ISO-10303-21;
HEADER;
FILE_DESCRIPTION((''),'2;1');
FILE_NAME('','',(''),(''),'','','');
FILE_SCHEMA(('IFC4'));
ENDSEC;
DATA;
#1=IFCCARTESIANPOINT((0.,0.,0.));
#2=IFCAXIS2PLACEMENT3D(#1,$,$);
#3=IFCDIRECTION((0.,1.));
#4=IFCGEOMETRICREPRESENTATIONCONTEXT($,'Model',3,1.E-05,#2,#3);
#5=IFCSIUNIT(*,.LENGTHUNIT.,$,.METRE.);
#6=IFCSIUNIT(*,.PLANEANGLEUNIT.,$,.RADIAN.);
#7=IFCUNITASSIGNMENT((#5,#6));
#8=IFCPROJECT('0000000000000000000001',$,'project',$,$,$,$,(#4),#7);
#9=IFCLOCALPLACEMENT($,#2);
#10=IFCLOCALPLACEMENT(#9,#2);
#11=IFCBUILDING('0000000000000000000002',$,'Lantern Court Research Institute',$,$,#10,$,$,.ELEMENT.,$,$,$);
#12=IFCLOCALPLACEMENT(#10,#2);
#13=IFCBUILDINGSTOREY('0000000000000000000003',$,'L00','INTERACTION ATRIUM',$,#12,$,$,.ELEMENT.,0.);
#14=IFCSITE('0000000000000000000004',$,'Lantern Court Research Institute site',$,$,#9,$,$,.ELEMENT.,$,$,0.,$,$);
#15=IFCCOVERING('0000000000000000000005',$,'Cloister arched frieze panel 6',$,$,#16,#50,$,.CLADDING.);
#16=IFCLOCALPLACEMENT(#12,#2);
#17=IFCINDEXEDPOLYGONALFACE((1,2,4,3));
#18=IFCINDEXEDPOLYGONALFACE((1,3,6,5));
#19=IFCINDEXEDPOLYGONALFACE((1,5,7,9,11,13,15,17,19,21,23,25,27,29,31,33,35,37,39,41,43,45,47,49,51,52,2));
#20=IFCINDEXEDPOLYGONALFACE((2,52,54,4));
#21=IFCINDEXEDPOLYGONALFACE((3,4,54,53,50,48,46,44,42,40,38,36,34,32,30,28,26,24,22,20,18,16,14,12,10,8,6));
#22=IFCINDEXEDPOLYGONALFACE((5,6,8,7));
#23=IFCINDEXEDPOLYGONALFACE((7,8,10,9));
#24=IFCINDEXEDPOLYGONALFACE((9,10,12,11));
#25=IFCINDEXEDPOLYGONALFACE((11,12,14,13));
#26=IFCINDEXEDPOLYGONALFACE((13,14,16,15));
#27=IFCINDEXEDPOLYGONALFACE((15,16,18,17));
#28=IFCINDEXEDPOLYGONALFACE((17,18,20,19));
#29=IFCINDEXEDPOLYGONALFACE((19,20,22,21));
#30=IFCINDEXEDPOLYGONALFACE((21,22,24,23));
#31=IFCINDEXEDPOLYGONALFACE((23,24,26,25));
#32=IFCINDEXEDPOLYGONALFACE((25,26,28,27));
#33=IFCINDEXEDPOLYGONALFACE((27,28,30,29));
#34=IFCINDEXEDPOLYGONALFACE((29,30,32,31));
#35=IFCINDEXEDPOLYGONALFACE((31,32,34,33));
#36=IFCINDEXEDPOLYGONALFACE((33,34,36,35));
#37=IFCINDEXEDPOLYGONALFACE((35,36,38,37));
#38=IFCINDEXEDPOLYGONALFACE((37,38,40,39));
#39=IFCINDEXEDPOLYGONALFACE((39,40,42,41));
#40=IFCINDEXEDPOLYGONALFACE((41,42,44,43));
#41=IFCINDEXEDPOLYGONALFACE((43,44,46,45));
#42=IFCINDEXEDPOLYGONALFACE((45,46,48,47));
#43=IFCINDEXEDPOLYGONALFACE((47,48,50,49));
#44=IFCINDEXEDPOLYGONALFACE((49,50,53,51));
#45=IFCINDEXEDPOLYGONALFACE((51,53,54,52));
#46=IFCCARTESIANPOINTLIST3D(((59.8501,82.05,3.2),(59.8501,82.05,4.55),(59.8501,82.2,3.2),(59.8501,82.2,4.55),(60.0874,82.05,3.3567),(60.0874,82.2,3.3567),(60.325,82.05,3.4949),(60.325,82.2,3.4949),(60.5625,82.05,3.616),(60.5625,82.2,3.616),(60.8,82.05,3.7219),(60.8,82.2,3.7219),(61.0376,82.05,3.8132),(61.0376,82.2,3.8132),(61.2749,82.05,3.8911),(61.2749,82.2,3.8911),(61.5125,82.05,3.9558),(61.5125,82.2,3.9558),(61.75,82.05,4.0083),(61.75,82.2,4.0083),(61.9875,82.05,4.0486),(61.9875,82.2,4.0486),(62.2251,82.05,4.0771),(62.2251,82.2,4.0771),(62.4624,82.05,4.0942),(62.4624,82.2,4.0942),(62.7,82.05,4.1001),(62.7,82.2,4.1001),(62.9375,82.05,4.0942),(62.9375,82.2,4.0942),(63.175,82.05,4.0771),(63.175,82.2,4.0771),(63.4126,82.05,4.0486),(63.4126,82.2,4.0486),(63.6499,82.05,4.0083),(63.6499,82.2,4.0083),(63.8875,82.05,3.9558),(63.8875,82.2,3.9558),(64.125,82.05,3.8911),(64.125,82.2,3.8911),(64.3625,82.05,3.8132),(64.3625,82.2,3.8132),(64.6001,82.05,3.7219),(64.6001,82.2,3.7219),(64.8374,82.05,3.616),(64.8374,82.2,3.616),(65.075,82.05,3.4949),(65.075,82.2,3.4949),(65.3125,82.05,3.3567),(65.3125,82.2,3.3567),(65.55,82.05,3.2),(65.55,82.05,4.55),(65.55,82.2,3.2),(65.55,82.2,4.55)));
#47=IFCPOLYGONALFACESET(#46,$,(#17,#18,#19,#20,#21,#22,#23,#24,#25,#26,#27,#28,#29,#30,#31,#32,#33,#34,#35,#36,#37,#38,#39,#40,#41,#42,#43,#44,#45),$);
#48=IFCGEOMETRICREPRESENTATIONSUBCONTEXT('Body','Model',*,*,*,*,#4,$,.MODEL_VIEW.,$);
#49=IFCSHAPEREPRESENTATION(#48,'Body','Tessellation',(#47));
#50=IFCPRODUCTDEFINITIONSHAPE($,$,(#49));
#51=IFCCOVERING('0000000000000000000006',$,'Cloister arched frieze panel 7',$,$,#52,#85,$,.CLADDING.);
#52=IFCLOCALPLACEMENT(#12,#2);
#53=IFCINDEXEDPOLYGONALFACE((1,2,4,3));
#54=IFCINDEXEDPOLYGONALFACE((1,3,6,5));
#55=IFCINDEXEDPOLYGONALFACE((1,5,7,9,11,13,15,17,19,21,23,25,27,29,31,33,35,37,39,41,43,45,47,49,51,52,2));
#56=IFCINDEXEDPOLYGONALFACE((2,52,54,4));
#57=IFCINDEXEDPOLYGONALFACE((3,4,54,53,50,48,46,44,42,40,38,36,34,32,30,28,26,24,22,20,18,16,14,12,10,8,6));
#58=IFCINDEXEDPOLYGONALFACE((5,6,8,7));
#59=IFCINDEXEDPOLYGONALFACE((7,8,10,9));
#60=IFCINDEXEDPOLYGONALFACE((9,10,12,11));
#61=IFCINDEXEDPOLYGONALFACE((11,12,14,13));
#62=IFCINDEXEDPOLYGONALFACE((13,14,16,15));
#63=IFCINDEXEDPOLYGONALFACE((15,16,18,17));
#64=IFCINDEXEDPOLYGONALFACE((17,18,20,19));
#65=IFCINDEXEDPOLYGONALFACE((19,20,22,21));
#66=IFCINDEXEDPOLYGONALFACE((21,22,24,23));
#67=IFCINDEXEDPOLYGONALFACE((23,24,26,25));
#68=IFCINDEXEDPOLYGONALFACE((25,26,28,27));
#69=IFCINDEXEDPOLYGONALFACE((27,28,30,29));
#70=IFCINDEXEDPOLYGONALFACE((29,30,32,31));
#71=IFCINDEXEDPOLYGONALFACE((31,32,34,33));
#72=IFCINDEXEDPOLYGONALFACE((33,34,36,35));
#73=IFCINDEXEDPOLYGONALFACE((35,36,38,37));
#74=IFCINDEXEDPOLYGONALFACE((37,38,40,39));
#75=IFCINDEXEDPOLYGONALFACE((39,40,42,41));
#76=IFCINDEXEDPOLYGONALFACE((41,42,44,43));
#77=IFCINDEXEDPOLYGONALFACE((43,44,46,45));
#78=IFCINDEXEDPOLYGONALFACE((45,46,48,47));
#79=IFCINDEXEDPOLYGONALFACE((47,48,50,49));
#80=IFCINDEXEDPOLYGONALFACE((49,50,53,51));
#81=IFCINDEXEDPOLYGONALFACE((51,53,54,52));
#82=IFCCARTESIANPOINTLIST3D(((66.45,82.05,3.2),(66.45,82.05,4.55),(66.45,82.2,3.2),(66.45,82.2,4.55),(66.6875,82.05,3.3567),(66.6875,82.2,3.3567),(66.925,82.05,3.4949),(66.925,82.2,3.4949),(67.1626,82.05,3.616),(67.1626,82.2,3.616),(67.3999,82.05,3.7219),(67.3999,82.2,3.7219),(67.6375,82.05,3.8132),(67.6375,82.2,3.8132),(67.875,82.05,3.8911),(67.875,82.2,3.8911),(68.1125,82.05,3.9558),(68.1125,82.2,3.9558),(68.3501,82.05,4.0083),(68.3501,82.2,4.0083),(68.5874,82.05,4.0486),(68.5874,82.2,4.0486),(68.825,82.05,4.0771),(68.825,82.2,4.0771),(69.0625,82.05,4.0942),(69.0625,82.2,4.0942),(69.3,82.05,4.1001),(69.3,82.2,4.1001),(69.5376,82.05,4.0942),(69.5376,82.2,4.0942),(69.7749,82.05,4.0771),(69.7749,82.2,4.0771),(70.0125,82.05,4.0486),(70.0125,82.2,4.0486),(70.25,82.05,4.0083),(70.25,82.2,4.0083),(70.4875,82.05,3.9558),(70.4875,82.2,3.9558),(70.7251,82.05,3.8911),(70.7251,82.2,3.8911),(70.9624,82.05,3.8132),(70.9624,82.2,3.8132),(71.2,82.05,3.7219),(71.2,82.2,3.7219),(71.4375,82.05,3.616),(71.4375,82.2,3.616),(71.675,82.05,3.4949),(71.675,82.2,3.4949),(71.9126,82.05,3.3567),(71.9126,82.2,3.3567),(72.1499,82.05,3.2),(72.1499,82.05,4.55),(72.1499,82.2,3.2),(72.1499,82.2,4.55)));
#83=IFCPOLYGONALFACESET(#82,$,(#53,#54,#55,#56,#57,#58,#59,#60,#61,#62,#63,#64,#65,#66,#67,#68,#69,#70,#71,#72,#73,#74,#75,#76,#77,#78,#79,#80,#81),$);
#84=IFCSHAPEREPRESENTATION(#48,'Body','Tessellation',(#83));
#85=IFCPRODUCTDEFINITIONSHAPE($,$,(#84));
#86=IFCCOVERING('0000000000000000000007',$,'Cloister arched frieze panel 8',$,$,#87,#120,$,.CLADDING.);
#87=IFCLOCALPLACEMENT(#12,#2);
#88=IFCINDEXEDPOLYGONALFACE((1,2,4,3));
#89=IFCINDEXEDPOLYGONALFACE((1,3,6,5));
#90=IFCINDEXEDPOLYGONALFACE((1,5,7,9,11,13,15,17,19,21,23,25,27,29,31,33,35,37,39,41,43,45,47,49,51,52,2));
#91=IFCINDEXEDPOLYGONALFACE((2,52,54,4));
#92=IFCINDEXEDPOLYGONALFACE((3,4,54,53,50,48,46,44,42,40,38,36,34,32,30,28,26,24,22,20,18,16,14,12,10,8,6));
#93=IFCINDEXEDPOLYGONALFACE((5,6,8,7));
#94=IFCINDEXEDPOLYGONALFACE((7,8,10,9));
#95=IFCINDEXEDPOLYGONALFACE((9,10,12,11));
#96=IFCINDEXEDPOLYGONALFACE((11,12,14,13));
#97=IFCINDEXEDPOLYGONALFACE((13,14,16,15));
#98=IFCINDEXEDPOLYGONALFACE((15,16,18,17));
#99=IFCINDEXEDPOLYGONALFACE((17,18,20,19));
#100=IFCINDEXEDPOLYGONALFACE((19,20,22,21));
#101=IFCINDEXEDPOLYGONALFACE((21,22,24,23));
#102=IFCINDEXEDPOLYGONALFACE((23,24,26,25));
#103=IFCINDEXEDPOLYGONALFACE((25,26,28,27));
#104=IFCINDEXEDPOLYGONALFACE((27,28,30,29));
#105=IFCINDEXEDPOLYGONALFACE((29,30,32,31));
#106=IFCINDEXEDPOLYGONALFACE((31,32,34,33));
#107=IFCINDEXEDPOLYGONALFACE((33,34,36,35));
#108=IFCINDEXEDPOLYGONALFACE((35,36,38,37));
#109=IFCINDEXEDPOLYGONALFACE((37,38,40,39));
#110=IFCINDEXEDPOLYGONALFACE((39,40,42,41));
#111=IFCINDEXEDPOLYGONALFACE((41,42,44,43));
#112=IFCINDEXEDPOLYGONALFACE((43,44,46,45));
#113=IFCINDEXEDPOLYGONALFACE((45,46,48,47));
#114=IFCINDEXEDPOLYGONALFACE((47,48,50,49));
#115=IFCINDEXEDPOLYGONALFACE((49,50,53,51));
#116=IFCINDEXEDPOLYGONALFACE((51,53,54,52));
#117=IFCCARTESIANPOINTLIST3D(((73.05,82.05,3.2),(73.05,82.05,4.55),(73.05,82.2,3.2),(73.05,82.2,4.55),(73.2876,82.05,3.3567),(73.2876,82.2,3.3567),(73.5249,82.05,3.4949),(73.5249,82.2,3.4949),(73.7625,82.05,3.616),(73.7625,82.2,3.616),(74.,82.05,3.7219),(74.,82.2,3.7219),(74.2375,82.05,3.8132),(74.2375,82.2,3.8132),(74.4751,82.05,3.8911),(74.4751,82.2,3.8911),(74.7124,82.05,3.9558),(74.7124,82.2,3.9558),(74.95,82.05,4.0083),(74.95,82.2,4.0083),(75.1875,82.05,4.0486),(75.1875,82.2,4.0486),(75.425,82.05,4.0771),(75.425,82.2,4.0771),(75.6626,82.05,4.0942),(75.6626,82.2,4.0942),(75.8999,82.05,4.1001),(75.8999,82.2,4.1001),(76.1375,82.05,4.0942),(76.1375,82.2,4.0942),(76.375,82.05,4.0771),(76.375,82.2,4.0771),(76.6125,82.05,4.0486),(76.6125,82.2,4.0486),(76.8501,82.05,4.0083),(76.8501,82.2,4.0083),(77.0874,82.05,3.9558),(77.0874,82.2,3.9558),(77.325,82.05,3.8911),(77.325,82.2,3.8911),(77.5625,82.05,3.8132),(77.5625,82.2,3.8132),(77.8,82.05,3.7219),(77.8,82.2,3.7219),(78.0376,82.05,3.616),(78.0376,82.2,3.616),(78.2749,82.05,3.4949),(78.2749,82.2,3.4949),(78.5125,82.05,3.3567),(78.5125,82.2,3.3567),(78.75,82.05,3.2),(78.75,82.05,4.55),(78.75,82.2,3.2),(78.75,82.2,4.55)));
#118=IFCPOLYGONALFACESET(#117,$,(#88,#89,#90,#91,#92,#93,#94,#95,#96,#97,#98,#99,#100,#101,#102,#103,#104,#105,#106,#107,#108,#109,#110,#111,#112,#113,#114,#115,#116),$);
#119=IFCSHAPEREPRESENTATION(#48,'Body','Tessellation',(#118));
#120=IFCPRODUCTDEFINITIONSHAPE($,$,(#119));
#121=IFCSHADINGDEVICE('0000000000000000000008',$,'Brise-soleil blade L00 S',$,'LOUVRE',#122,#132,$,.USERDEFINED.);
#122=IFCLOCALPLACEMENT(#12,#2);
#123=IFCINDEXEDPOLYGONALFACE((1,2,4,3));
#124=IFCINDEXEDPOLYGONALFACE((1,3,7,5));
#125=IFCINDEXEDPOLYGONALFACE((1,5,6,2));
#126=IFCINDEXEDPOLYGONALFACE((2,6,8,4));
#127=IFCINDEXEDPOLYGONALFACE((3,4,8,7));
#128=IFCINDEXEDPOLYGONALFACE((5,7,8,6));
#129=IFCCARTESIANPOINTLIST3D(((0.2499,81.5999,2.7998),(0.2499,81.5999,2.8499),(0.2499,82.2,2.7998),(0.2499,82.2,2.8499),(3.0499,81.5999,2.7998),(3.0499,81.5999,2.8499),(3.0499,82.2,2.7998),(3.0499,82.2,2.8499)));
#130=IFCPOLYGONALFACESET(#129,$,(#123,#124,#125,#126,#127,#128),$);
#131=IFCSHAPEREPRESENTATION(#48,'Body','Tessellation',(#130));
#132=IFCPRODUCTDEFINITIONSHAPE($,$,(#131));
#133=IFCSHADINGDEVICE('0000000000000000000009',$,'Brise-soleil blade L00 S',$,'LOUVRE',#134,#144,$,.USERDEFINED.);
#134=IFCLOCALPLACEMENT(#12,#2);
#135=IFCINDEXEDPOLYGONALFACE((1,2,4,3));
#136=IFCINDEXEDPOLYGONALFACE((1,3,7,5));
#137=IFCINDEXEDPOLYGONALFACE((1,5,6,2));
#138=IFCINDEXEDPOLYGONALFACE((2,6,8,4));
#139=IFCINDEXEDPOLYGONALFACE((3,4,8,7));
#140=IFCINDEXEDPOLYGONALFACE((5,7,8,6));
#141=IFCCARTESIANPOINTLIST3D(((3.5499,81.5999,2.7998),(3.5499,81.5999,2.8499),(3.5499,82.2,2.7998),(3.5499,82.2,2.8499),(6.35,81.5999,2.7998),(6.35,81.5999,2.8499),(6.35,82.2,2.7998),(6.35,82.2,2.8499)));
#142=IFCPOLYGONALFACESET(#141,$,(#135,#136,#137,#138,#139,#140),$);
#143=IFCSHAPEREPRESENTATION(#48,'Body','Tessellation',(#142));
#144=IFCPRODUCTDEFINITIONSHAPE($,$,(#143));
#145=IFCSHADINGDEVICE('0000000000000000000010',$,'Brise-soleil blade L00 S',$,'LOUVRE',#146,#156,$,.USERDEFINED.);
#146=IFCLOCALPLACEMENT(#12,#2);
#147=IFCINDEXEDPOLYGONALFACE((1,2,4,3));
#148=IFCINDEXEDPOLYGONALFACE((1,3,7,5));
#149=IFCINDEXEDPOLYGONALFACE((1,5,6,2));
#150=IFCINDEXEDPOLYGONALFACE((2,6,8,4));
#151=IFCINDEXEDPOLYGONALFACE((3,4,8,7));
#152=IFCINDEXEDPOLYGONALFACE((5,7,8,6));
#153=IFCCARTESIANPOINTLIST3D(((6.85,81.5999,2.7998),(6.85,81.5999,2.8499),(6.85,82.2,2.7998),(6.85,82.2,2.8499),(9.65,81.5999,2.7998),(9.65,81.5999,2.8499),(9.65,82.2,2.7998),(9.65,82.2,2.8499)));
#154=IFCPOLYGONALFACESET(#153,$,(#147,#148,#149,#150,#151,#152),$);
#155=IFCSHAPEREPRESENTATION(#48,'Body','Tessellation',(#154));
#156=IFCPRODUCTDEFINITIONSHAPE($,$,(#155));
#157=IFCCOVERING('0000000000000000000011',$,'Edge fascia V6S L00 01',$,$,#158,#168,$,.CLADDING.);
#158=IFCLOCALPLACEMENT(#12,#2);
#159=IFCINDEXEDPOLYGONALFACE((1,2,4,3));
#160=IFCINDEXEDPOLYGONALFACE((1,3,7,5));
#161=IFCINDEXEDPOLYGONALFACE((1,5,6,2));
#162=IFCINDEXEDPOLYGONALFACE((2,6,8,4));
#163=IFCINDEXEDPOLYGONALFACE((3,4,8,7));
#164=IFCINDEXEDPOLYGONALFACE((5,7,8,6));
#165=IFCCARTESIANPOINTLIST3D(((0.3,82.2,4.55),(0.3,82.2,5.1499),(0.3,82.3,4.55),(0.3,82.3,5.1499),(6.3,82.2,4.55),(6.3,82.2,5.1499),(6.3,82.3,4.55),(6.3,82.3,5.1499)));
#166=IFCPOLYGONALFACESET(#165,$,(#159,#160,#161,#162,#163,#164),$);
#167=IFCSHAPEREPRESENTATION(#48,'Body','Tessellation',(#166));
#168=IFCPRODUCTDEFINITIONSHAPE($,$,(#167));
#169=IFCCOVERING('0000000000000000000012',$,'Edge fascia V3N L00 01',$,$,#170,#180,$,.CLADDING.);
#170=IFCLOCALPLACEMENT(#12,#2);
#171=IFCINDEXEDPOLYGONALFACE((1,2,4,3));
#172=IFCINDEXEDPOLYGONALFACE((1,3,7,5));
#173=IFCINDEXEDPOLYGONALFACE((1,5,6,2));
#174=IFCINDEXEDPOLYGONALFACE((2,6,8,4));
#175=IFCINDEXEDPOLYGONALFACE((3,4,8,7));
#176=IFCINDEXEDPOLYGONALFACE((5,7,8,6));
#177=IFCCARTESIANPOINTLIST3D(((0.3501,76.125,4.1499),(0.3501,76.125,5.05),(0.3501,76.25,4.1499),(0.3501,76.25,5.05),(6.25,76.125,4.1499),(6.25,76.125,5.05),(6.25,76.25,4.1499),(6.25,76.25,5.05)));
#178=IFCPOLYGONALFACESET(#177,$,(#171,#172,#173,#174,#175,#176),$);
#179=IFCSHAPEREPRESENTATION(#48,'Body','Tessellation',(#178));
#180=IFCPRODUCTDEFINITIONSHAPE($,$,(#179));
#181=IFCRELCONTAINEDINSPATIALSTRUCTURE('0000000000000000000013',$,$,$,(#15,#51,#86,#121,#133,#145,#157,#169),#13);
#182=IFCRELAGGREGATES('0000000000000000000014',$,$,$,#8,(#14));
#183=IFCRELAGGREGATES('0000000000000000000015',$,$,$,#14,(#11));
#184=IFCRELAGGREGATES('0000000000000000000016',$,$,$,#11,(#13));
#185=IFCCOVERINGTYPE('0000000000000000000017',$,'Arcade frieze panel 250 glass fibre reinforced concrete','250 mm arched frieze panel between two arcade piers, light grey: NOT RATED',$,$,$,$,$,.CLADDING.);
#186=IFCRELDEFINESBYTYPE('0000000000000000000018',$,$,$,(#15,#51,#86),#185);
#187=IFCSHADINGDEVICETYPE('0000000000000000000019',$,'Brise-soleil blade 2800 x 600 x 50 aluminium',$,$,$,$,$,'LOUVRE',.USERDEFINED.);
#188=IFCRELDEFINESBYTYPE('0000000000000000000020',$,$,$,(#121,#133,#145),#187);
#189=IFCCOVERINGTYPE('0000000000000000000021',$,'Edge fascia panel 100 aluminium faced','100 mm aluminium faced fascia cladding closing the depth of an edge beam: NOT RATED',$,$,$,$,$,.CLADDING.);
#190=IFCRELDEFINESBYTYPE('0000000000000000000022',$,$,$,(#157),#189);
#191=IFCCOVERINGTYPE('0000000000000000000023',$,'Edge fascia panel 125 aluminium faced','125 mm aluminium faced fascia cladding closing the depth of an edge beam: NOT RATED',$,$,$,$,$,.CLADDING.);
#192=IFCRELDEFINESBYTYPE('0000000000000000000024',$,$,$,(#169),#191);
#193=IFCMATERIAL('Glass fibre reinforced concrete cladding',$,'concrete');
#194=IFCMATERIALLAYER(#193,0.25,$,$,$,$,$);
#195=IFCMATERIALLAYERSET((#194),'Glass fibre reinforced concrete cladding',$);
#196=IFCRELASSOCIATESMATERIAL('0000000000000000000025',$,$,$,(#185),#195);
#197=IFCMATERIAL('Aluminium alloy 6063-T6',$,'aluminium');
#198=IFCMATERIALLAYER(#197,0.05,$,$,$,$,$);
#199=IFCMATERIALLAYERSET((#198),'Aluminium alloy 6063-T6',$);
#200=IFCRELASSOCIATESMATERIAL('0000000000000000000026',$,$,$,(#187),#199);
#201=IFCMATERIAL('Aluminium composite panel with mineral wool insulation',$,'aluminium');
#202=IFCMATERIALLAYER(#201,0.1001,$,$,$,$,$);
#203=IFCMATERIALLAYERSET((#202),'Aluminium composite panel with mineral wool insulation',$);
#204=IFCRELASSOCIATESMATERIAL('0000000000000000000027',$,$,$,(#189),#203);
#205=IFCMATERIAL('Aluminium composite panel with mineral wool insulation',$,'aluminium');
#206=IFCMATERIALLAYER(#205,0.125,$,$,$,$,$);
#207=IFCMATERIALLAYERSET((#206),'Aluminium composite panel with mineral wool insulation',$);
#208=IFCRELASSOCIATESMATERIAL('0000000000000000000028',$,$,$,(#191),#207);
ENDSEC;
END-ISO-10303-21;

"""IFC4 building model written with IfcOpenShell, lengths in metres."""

from ifc_helpers import new_model, si_unit, direction, frame, frame_2d, origin, origin_2d, place, context, subcontext, project, spatial, polyline, rectangle, outline, extrude, material, layer, layer_set, type_object, element, save


model = new_model("IFC4")

# Units and contexts
model_context = context("Model", 3, precision=1e-05, world=origin(), true_north=direction((0.0, 1.0)))
body_context = subcontext(model_context, "Body", "Model", "MODEL_VIEW")
ifc_project = project(units=[si_unit("LENGTHUNIT", "METRE"), si_unit("PLANEANGLEUNIT", "RADIAN")], contexts=[model_context])

# Site, building, storey
site_placement = place(None, origin())
site = spatial("IfcSite", under=ifc_project, at=site_placement, Name="Lantern Court Research Institute site", CompositionType="ELEMENT", RefElevation=0.0)
building_placement = place(site_placement, origin())
building = spatial("IfcBuilding", under=site, at=building_placement, Name="Lantern Court Research Institute", CompositionType="ELEMENT")
storey_placement = place(building_placement, origin())
storey = spatial("IfcBuildingStorey", under=building, at=storey_placement, Name="L00", Description="INTERACTION ATRIUM", CompositionType="ELEMENT", Elevation=0.0)

# Coverings
ifc_material_1 = material(Name="Glass fibre reinforced concrete cladding", Category="concrete")
ifc_layer_1 = layer(ifc_material_1, 0.25)
ifc_layer_set_1 = layer_set([ifc_layer_1], Name="Glass fibre reinforced concrete cladding")
covering_type_1 = type_object("IfcCoveringType", Name="Arcade frieze panel 250 glass fibre reinforced concrete", Description="250 mm arched frieze panel between two arcade piers, light grey: NOT RATED", PredefinedType="CLADDING", material=ifc_layer_set_1)
covering_1_placement = place(storey_placement, frame((0.0, 82.2, 0.0), z_axis=(0.0, -1.0, 0.0), x_axis=(1.0, 0.0, 0.0)))
element("IfcCovering", 1, at=covering_1_placement, inside=storey, type_object=covering_type_1, Name="Cloister arched frieze panel 6", PredefinedType="CLADDING", context=body_context, shape_type="SweptSolid", body=[
    extrude(outline(polyline([(59.8501, 4.55), (59.8501, 3.2), (60.0874, 3.3567), (60.325, 3.4949), (60.5625, 3.616), (60.8, 3.7219), (61.0376, 3.8132), (61.2749, 3.8911), (61.5125, 3.9558), (61.75, 4.0083), (61.9875, 4.0486), (62.2251, 4.0771), (62.4624, 4.0942), (62.7, 4.1001), (62.9375, 4.0942), (63.175, 4.0771), (63.4126, 4.0486), (63.6499, 4.0083), (63.8875, 3.9558), (64.125, 3.8911), (64.3625, 3.8132), (64.6001, 3.7219), (64.8374, 3.616), (65.075, 3.4949), (65.3125, 3.3567), (65.55, 3.2), (65.55, 4.55), (59.8501, 4.55)])), origin(), (0.0, 0.0, 1.0), 0.1499),
])
covering_2_placement = place(storey_placement, frame((0.0, 82.2, 0.0), z_axis=(0.0, -1.0, 0.0), x_axis=(1.0, 0.0, 0.0)))
element("IfcCovering", 2, at=covering_2_placement, inside=storey, type_object=covering_type_1, Name="Cloister arched frieze panel 7", PredefinedType="CLADDING", context=body_context, shape_type="SweptSolid", body=[
    extrude(outline(polyline([(66.45, 4.55), (66.45, 3.2), (66.6875, 3.3567), (66.925, 3.4949), (67.1626, 3.616), (67.3999, 3.7219), (67.6375, 3.8132), (67.875, 3.8911), (68.1125, 3.9558), (68.3501, 4.0083), (68.5874, 4.0486), (68.825, 4.0771), (69.0625, 4.0942), (69.3, 4.1001), (69.5376, 4.0942), (69.7749, 4.0771), (70.0125, 4.0486), (70.25, 4.0083), (70.4875, 3.9558), (70.7251, 3.8911), (70.9624, 3.8132), (71.2, 3.7219), (71.4375, 3.616), (71.675, 3.4949), (71.9126, 3.3567), (72.1499, 3.2), (72.1499, 4.55), (66.45, 4.55)])), origin(), (0.0, 0.0, 1.0), 0.1499),
])
covering_3_placement = place(storey_placement, frame((0.0, 82.2, 0.0), z_axis=(0.0, -1.0, 0.0), x_axis=(1.0, 0.0, 0.0)))
element("IfcCovering", 3, at=covering_3_placement, inside=storey, type_object=covering_type_1, Name="Cloister arched frieze panel 8", PredefinedType="CLADDING", context=body_context, shape_type="SweptSolid", body=[
    extrude(outline(polyline([(73.05, 4.55), (73.05, 3.2), (73.2876, 3.3567), (73.5249, 3.4949), (73.7625, 3.616), (74.0, 3.7219), (74.2375, 3.8132), (74.4751, 3.8911), (74.7124, 3.9558), (74.95, 4.0083), (75.1875, 4.0486), (75.425, 4.0771), (75.6626, 4.0942), (75.8999, 4.1001), (76.1375, 4.0942), (76.375, 4.0771), (76.6125, 4.0486), (76.8501, 4.0083), (77.0874, 3.9558), (77.325, 3.8911), (77.5625, 3.8132), (77.8, 3.7219), (78.0376, 3.616), (78.2749, 3.4949), (78.5125, 3.3567), (78.75, 3.2), (78.75, 4.55), (73.05, 4.55)])), origin(), (0.0, 0.0, 1.0), 0.1499),
])

# Shading devices
ifc_material_2 = material(Name="Aluminium alloy 6063-T6", Category="aluminium")
ifc_layer_2 = layer(ifc_material_2, 0.05)
ifc_layer_set_2 = layer_set([ifc_layer_2], Name="Aluminium alloy 6063-T6")
shading_device_type = type_object("IfcShadingDeviceType", Name="Brise-soleil blade 2800 x 600 x 50 aluminium", ElementType="LOUVRE", PredefinedType="USERDEFINED", material=ifc_layer_set_2)
for number, where, z_axis, x_axis, name in (
    (4, (1.6499, 81.8999, 2.7998), (0.0, 0.0, 1.0), (-1.0, 0.0, 0.0), "Brise-soleil blade L00 S"),
    (5, (4.95, 81.8999, 2.7998), (0.0, 0.0, 1.0), (-1.0, 0.0, 0.0), "Brise-soleil blade L00 S"),
    (6, (8.25, 81.8999, 2.7998), (0.0, 0.0, 1.0), (-1.0, 0.0, 0.0), "Brise-soleil blade L00 S"),
):
    element("IfcShadingDevice", number, at=place(storey_placement, frame(where, z_axis=z_axis, x_axis=x_axis)), inside=storey, type_object=shading_device_type, Name=name, ObjectType="LOUVRE", PredefinedType="USERDEFINED", context=body_context, shape_type="SweptSolid", body=[
        extrude(rectangle(XDim=2.8, YDim=0.6001, at=origin_2d()), origin(), (0.0, 0.0, 1.0), 0.05),
    ])

# Coverings
ifc_material_3 = material(Name="Aluminium composite panel with mineral wool insulation", Category="aluminium")
ifc_layer_3 = layer(ifc_material_3, 0.1001)
ifc_layer_set_3 = layer_set([ifc_layer_3], Name="Aluminium composite panel with mineral wool insulation")
covering_type_2 = type_object("IfcCoveringType", Name="Edge fascia panel 100 aluminium faced", Description="100 mm aluminium faced fascia cladding closing the depth of an edge beam: NOT RATED", PredefinedType="CLADDING", material=ifc_layer_set_3)
covering_4_placement = place(storey_placement, frame((6.3, 82.25, 4.55), z_axis=(0.0, 0.0, 1.0), x_axis=(-1.0, 0.0, 0.0)))
element("IfcCovering", 7, at=covering_4_placement, inside=storey, type_object=covering_type_2, Name="Edge fascia V6S L00 01", PredefinedType="CLADDING", context=body_context, shape_type="SweptSolid", body=[
    extrude(rectangle(XDim=6.0, YDim=0.1001, at=frame_2d((3.0, 0.0))), origin(), (0.0, 0.0, 1.0), 0.5999),
])
ifc_material_4 = material(Name="Aluminium composite panel with mineral wool insulation", Category="aluminium")
ifc_layer_4 = layer(ifc_material_4, 0.125)
ifc_layer_set_4 = layer_set([ifc_layer_4], Name="Aluminium composite panel with mineral wool insulation")
covering_type_3 = type_object("IfcCoveringType", Name="Edge fascia panel 125 aluminium faced", Description="125 mm aluminium faced fascia cladding closing the depth of an edge beam: NOT RATED", PredefinedType="CLADDING", material=ifc_layer_set_4)
covering_5_placement = place(storey_placement, frame((0.3501, 76.1875, 4.1499), z_axis=(0.0, 0.0, 1.0), x_axis=(1.0, 0.0, 0.0)))
element("IfcCovering", 8, at=covering_5_placement, inside=storey, type_object=covering_type_3, Name="Edge fascia V3N L00 01", PredefinedType="CLADDING", context=body_context, shape_type="SweptSolid", body=[
    extrude(rectangle(XDim=5.8999, YDim=0.125, at=frame_2d((2.95, 0.0))), origin(), (0.0, 0.0, 1.0), 0.9001),
])

save(model, "model.ifc")
